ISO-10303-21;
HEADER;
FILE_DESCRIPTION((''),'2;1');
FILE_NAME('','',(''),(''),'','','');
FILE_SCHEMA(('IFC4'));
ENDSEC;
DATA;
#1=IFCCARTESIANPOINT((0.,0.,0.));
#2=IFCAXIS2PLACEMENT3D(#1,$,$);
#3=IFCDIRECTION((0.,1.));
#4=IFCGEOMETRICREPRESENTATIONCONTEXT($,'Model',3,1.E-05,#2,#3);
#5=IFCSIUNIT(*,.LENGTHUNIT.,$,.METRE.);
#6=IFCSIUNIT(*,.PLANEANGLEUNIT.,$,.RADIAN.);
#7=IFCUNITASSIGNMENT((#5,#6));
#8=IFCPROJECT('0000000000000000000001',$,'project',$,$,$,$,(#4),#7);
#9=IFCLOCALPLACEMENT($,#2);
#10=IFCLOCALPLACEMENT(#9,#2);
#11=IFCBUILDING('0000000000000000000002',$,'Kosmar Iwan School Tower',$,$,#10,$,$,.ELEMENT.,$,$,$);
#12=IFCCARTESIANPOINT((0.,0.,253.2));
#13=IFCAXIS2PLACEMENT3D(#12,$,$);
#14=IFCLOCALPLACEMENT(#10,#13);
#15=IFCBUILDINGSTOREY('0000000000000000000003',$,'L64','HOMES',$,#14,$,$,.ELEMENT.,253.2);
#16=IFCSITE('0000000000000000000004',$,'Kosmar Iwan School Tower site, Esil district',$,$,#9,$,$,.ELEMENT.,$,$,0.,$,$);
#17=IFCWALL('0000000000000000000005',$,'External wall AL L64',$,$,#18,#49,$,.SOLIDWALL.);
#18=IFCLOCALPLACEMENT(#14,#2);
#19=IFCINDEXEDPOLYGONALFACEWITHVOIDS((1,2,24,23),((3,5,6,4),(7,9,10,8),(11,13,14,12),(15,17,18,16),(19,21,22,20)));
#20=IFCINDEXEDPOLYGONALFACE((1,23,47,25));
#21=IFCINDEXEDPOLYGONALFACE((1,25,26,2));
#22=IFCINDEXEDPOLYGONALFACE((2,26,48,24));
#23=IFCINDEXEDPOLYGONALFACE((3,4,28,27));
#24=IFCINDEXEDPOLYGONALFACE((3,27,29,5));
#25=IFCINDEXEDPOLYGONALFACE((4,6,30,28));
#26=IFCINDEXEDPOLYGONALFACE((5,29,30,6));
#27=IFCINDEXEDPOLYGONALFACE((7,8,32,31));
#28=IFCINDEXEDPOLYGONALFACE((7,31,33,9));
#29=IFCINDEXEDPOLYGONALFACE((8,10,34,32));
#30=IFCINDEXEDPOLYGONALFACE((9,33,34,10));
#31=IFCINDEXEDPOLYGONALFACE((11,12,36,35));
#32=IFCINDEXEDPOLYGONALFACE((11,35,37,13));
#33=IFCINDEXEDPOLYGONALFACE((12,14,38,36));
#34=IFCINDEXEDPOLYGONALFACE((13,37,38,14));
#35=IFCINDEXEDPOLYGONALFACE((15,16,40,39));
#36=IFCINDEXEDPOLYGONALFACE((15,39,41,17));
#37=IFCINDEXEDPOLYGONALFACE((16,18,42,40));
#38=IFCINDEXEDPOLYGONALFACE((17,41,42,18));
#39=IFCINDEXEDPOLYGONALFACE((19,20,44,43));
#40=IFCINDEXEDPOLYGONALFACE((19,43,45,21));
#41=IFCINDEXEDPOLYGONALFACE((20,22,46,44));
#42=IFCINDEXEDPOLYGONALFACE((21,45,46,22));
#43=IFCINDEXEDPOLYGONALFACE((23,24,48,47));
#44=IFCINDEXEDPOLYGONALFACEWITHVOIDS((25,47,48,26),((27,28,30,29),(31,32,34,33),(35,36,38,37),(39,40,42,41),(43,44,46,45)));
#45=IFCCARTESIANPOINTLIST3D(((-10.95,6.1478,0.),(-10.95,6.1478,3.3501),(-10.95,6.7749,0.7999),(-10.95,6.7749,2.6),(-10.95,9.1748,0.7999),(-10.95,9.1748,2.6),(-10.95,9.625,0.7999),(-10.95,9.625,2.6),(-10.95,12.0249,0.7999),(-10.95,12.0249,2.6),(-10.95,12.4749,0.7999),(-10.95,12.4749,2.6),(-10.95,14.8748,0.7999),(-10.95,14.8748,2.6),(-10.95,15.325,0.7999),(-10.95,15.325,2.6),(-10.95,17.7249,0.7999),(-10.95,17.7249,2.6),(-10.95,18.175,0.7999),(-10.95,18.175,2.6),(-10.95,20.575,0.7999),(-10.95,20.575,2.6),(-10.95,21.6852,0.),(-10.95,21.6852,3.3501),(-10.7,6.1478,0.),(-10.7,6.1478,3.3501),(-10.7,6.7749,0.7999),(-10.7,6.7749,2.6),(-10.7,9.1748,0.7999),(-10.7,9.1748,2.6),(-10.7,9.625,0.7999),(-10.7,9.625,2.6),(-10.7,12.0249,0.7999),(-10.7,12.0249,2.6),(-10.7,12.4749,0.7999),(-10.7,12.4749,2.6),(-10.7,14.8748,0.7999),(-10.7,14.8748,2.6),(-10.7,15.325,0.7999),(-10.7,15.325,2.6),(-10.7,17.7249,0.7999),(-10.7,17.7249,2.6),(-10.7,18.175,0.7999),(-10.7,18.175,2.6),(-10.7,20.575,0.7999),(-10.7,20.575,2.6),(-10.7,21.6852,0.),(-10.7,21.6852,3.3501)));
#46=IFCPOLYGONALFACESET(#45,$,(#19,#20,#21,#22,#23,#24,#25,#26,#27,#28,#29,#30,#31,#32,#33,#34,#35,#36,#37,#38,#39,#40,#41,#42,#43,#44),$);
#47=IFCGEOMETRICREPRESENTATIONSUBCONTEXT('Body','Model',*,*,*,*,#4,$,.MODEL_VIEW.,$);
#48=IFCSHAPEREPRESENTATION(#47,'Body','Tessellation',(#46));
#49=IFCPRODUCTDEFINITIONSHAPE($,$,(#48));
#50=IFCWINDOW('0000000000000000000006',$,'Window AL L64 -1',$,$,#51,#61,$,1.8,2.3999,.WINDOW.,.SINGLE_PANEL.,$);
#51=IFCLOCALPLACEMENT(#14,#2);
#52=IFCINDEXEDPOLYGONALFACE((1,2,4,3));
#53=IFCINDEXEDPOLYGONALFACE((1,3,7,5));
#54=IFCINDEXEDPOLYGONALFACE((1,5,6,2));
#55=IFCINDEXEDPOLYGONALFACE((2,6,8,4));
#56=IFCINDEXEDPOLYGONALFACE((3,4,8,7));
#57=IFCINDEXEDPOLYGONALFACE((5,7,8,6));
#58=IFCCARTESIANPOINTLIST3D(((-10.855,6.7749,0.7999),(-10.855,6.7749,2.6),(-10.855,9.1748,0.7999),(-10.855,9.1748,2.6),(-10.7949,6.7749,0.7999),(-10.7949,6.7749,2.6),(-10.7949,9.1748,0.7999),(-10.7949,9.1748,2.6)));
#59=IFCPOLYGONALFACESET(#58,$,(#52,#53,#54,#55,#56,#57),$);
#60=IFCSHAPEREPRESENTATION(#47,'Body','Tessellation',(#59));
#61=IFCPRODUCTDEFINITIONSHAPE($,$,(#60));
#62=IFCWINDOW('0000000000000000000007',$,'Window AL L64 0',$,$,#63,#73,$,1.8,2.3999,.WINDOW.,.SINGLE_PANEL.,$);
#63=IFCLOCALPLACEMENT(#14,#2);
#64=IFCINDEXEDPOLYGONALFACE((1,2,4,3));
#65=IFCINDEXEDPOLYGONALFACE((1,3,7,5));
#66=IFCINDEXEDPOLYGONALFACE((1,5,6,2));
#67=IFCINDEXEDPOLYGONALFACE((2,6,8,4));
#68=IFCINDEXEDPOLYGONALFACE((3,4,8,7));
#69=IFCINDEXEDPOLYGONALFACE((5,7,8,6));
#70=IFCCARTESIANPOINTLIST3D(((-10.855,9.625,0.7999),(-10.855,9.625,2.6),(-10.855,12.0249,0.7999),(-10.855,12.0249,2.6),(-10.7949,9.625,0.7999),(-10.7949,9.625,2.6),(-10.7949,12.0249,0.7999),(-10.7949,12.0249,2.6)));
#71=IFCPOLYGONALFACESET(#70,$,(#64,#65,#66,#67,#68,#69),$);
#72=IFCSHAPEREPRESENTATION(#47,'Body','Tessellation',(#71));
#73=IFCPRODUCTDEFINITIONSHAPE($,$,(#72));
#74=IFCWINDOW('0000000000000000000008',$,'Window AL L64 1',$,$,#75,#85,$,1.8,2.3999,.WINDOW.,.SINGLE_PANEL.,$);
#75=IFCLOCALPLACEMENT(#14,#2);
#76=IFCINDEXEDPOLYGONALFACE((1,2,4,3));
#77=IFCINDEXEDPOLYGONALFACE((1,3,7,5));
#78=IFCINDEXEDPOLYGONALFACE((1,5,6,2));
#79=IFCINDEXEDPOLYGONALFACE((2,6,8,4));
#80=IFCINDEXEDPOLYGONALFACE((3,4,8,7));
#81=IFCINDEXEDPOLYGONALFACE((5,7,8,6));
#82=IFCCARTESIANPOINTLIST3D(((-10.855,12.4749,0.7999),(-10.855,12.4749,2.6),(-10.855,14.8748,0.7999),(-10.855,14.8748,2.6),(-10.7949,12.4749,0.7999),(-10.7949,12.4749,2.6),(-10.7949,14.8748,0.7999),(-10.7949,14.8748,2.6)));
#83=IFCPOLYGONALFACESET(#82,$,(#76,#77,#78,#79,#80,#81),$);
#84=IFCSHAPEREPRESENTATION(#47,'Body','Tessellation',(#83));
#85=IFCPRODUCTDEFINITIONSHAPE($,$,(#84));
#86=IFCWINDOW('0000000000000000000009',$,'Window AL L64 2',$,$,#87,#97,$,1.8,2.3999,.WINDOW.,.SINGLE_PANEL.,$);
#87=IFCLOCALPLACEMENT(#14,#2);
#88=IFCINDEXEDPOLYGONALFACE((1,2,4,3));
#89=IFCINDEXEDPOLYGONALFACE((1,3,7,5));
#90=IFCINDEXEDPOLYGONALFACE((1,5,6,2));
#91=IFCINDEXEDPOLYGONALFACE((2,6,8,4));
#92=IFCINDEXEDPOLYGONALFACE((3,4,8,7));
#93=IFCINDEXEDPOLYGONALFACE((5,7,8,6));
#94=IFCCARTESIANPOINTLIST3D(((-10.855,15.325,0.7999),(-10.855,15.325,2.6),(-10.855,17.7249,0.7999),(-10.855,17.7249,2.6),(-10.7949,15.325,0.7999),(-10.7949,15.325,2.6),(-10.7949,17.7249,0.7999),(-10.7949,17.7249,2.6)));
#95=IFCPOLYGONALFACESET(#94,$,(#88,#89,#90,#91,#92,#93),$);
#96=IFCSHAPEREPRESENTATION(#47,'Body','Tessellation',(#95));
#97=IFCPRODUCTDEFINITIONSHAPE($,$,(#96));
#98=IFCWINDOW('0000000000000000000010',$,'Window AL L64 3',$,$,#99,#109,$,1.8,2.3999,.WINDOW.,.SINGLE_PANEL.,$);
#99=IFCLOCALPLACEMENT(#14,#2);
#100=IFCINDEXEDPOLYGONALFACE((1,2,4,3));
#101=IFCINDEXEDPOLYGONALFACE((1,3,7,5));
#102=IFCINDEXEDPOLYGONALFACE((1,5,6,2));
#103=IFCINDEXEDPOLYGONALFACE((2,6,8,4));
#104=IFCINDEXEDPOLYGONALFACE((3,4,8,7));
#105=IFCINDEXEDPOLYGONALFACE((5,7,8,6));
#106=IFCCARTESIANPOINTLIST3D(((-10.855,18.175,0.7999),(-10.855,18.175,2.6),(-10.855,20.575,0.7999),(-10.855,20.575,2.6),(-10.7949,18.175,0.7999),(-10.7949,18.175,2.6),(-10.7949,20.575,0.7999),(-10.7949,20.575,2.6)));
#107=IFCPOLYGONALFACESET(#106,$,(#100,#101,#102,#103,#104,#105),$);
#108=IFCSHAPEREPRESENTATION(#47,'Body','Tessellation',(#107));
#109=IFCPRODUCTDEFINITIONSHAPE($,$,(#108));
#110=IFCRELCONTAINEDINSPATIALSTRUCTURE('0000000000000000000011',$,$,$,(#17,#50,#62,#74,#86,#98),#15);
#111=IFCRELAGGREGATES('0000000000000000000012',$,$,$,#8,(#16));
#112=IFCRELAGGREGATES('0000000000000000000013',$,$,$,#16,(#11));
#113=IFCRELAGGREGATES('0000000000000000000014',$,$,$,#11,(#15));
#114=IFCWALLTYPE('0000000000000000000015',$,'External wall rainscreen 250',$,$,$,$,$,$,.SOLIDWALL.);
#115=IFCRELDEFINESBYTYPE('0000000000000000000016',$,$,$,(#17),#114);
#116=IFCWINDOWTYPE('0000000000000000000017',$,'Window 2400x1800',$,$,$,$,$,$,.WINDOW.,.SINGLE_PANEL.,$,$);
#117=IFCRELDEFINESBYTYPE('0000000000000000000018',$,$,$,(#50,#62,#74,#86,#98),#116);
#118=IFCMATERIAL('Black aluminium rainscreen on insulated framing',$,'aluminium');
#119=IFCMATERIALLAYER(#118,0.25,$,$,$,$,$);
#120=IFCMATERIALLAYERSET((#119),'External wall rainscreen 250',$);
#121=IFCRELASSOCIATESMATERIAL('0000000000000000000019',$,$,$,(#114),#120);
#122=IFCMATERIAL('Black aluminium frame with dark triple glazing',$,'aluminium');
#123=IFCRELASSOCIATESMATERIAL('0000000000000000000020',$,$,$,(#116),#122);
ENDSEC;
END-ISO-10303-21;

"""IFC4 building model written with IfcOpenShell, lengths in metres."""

from ifc_helpers import new_model, si_unit, direction, frame, frame_2d, origin, place, context, subcontext, project, spatial, rectangle, extrude, material, layer, layer_set, type_object, element, fill, save


model = new_model("IFC4")

# Units and contexts
model_context = context("Model", 3, precision=1e-05, world=origin(), true_north=direction((0.0, 1.0)))
body_context = subcontext(model_context, "Body", "Model", "MODEL_VIEW")
ifc_project = project(units=[si_unit("LENGTHUNIT", "METRE"), si_unit("PLANEANGLEUNIT", "RADIAN")], contexts=[model_context])

# Site, building, storey
site_placement = place(None, origin())
site = spatial("IfcSite", under=ifc_project, at=site_placement, Name="Kosmar Iwan School Tower site, Esil district", CompositionType="ELEMENT", RefElevation=0.0)
building_placement = place(site_placement, origin())
building = spatial("IfcBuilding", under=site, at=building_placement, Name="Kosmar Iwan School Tower", CompositionType="ELEMENT")
storey_placement = place(building_placement, frame((0.0, 0.0, 253.2)))
storey = spatial("IfcBuildingStorey", under=building, at=storey_placement, Name="L64", Description="HOMES", CompositionType="ELEMENT", Elevation=253.2)

# Wall, openings, windows
ifc_material_1 = material(Name="Black aluminium rainscreen on insulated framing", Category="aluminium")
ifc_layer_1 = layer(ifc_material_1, 0.25)
ifc_layer_set_1 = layer_set([ifc_layer_1], Name="External wall rainscreen 250")
wall_type_1 = type_object("IfcWallType", Name="External wall rainscreen 250", PredefinedType="SOLIDWALL", material=ifc_layer_set_1)
wall_1_placement = place(storey_placement, frame((-10.825, 6.1479, 0.0), z_axis=(0.0, 0.0, 1.0), x_axis=(0.0, 1.0, 0.0)))
wall_1 = element("IfcWall", 1, at=wall_1_placement, inside=storey, type_object=wall_type_1, Name="External wall AL L64", PredefinedType="SOLIDWALL", context=body_context, shape_type="SweptSolid", body=[
    extrude(rectangle(XDim=15.5374, YDim=0.25, at=frame_2d((7.7686, 0.0))), origin(), (0.0, 0.0, 1.0), 3.3501),
])
opening_1_placement = place(wall_1_placement, frame((0.627, 0.0, 0.8)))
opening_1 = element("IfcOpeningElement", 2, at=opening_1_placement, cuts=wall_1, PredefinedType="OPENING", context=body_context, shape_type="SweptSolid", body=[
    extrude(rectangle(XDim=2.3999, YDim=1.8, at=frame_2d((1.2, 0.8999))), frame((0.0, 0.137, 0.0), z_axis=(0.0, -1.0, 0.0), x_axis=(1.0, 0.0, 0.0)), (0.0, 0.0, 1.0), 0.2739),
])
opening_2_placement = place(wall_1_placement, frame((3.4771, 0.0, 0.8)))
opening_2 = element("IfcOpeningElement", 3, at=opening_2_placement, cuts=wall_1, PredefinedType="OPENING", context=body_context, shape_type="SweptSolid", body=[
    extrude(rectangle(XDim=2.3999, YDim=1.8, at=frame_2d((1.2, 0.8999))), frame((0.0, 0.137, 0.0), z_axis=(0.0, -1.0, 0.0), x_axis=(1.0, 0.0, 0.0)), (0.0, 0.0, 1.0), 0.2739),
])
opening_3_placement = place(wall_1_placement, frame((6.3269, 0.0, 0.8)))
opening_3 = element("IfcOpeningElement", 4, at=opening_3_placement, cuts=wall_1, PredefinedType="OPENING", context=body_context, shape_type="SweptSolid", body=[
    extrude(rectangle(XDim=2.3999, YDim=1.8, at=frame_2d((1.2, 0.8999))), frame((0.0, 0.137, 0.0), z_axis=(0.0, -1.0, 0.0), x_axis=(1.0, 0.0, 0.0)), (0.0, 0.0, 1.0), 0.2739),
])
opening_4_placement = place(wall_1_placement, frame((9.177, 0.0, 0.8)))
opening_4 = element("IfcOpeningElement", 5, at=opening_4_placement, cuts=wall_1, PredefinedType="OPENING", context=body_context, shape_type="SweptSolid", body=[
    extrude(rectangle(XDim=2.3999, YDim=1.8, at=frame_2d((1.2, 0.8999))), frame((0.0, 0.137, 0.0), z_axis=(0.0, -1.0, 0.0), x_axis=(1.0, 0.0, 0.0)), (0.0, 0.0, 1.0), 0.2739),
])
opening_5_placement = place(wall_1_placement, frame((12.0271, 0.0, 0.8)))
opening_5 = element("IfcOpeningElement", 6, at=opening_5_placement, cuts=wall_1, PredefinedType="OPENING", context=body_context, shape_type="SweptSolid", body=[
    extrude(rectangle(XDim=2.3999, YDim=1.8, at=frame_2d((1.2, 0.8999))), frame((0.0, 0.137, 0.0), z_axis=(0.0, -1.0, 0.0), x_axis=(1.0, 0.0, 0.0)), (0.0, 0.0, 1.0), 0.2739),
])
ifc_material_2 = material(Name="Black aluminium frame with dark triple glazing", Category="aluminium")
window_type = type_object("IfcWindowType", Name="Window 2400x1800", PartitioningType="SINGLE_PANEL", PredefinedType="WINDOW", material=ifc_material_2)
window_1_placement = place(opening_1_placement, origin())
window_1 = element("IfcWindow", 7, at=window_1_placement, inside=storey, type_object=window_type, Name="Window AL L64 -1", OverallHeight=1.8, OverallWidth=2.3999, PartitioningType="SINGLE_PANEL", PredefinedType="WINDOW", context=body_context, shape_type="SweptSolid", body=[
    extrude(rectangle(XDim=2.3999, YDim=1.8, at=frame_2d((1.2, 0.8999))), frame((0.0, 0.03, 0.0), z_axis=(0.0, -1.0, 0.0), x_axis=(1.0, 0.0, 0.0)), (0.0, 0.0, 1.0), 0.0601),
])
fill(opening_1, window_1)
window_2_placement = place(opening_2_placement, origin())
window_2 = element("IfcWindow", 8, at=window_2_placement, inside=storey, type_object=window_type, Name="Window AL L64 0", OverallHeight=1.8, OverallWidth=2.3999, PartitioningType="SINGLE_PANEL", PredefinedType="WINDOW", context=body_context, shape_type="SweptSolid", body=[
    extrude(rectangle(XDim=2.3999, YDim=1.8, at=frame_2d((1.2, 0.8999))), frame((0.0, 0.03, 0.0), z_axis=(0.0, -1.0, 0.0), x_axis=(1.0, 0.0, 0.0)), (0.0, 0.0, 1.0), 0.0601),
])
fill(opening_2, window_2)
window_3_placement = place(opening_3_placement, origin())
window_3 = element("IfcWindow", 9, at=window_3_placement, inside=storey, type_object=window_type, Name="Window AL L64 1", OverallHeight=1.8, OverallWidth=2.3999, PartitioningType="SINGLE_PANEL", PredefinedType="WINDOW", context=body_context, shape_type="SweptSolid", body=[
    extrude(rectangle(XDim=2.3999, YDim=1.8, at=frame_2d((1.2, 0.8999))), frame((0.0, 0.03, 0.0), z_axis=(0.0, -1.0, 0.0), x_axis=(1.0, 0.0, 0.0)), (0.0, 0.0, 1.0), 0.0601),
])
fill(opening_3, window_3)
window_4_placement = place(opening_4_placement, origin())
window_4 = element("IfcWindow", 10, at=window_4_placement, inside=storey, type_object=window_type, Name="Window AL L64 2", OverallHeight=1.8, OverallWidth=2.3999, PartitioningType="SINGLE_PANEL", PredefinedType="WINDOW", context=body_context, shape_type="SweptSolid", body=[
    extrude(rectangle(XDim=2.3999, YDim=1.8, at=frame_2d((1.2, 0.8999))), frame((0.0, 0.03, 0.0), z_axis=(0.0, -1.0, 0.0), x_axis=(1.0, 0.0, 0.0)), (0.0, 0.0, 1.0), 0.0601),
])
fill(opening_4, window_4)
window_5_placement = place(opening_5_placement, origin())
window_5 = element("IfcWindow", 11, at=window_5_placement, inside=storey, type_object=window_type, Name="Window AL L64 3", OverallHeight=1.8, OverallWidth=2.3999, PartitioningType="SINGLE_PANEL", PredefinedType="WINDOW", context=body_context, shape_type="SweptSolid", body=[
    extrude(rectangle(XDim=2.3999, YDim=1.8, at=frame_2d((1.2, 0.8999))), frame((0.0, 0.03, 0.0), z_axis=(0.0, -1.0, 0.0), x_axis=(1.0, 0.0, 0.0)), (0.0, 0.0, 1.0), 0.0601),
])
fill(opening_5, window_5)

save(model, "model.ifc")
